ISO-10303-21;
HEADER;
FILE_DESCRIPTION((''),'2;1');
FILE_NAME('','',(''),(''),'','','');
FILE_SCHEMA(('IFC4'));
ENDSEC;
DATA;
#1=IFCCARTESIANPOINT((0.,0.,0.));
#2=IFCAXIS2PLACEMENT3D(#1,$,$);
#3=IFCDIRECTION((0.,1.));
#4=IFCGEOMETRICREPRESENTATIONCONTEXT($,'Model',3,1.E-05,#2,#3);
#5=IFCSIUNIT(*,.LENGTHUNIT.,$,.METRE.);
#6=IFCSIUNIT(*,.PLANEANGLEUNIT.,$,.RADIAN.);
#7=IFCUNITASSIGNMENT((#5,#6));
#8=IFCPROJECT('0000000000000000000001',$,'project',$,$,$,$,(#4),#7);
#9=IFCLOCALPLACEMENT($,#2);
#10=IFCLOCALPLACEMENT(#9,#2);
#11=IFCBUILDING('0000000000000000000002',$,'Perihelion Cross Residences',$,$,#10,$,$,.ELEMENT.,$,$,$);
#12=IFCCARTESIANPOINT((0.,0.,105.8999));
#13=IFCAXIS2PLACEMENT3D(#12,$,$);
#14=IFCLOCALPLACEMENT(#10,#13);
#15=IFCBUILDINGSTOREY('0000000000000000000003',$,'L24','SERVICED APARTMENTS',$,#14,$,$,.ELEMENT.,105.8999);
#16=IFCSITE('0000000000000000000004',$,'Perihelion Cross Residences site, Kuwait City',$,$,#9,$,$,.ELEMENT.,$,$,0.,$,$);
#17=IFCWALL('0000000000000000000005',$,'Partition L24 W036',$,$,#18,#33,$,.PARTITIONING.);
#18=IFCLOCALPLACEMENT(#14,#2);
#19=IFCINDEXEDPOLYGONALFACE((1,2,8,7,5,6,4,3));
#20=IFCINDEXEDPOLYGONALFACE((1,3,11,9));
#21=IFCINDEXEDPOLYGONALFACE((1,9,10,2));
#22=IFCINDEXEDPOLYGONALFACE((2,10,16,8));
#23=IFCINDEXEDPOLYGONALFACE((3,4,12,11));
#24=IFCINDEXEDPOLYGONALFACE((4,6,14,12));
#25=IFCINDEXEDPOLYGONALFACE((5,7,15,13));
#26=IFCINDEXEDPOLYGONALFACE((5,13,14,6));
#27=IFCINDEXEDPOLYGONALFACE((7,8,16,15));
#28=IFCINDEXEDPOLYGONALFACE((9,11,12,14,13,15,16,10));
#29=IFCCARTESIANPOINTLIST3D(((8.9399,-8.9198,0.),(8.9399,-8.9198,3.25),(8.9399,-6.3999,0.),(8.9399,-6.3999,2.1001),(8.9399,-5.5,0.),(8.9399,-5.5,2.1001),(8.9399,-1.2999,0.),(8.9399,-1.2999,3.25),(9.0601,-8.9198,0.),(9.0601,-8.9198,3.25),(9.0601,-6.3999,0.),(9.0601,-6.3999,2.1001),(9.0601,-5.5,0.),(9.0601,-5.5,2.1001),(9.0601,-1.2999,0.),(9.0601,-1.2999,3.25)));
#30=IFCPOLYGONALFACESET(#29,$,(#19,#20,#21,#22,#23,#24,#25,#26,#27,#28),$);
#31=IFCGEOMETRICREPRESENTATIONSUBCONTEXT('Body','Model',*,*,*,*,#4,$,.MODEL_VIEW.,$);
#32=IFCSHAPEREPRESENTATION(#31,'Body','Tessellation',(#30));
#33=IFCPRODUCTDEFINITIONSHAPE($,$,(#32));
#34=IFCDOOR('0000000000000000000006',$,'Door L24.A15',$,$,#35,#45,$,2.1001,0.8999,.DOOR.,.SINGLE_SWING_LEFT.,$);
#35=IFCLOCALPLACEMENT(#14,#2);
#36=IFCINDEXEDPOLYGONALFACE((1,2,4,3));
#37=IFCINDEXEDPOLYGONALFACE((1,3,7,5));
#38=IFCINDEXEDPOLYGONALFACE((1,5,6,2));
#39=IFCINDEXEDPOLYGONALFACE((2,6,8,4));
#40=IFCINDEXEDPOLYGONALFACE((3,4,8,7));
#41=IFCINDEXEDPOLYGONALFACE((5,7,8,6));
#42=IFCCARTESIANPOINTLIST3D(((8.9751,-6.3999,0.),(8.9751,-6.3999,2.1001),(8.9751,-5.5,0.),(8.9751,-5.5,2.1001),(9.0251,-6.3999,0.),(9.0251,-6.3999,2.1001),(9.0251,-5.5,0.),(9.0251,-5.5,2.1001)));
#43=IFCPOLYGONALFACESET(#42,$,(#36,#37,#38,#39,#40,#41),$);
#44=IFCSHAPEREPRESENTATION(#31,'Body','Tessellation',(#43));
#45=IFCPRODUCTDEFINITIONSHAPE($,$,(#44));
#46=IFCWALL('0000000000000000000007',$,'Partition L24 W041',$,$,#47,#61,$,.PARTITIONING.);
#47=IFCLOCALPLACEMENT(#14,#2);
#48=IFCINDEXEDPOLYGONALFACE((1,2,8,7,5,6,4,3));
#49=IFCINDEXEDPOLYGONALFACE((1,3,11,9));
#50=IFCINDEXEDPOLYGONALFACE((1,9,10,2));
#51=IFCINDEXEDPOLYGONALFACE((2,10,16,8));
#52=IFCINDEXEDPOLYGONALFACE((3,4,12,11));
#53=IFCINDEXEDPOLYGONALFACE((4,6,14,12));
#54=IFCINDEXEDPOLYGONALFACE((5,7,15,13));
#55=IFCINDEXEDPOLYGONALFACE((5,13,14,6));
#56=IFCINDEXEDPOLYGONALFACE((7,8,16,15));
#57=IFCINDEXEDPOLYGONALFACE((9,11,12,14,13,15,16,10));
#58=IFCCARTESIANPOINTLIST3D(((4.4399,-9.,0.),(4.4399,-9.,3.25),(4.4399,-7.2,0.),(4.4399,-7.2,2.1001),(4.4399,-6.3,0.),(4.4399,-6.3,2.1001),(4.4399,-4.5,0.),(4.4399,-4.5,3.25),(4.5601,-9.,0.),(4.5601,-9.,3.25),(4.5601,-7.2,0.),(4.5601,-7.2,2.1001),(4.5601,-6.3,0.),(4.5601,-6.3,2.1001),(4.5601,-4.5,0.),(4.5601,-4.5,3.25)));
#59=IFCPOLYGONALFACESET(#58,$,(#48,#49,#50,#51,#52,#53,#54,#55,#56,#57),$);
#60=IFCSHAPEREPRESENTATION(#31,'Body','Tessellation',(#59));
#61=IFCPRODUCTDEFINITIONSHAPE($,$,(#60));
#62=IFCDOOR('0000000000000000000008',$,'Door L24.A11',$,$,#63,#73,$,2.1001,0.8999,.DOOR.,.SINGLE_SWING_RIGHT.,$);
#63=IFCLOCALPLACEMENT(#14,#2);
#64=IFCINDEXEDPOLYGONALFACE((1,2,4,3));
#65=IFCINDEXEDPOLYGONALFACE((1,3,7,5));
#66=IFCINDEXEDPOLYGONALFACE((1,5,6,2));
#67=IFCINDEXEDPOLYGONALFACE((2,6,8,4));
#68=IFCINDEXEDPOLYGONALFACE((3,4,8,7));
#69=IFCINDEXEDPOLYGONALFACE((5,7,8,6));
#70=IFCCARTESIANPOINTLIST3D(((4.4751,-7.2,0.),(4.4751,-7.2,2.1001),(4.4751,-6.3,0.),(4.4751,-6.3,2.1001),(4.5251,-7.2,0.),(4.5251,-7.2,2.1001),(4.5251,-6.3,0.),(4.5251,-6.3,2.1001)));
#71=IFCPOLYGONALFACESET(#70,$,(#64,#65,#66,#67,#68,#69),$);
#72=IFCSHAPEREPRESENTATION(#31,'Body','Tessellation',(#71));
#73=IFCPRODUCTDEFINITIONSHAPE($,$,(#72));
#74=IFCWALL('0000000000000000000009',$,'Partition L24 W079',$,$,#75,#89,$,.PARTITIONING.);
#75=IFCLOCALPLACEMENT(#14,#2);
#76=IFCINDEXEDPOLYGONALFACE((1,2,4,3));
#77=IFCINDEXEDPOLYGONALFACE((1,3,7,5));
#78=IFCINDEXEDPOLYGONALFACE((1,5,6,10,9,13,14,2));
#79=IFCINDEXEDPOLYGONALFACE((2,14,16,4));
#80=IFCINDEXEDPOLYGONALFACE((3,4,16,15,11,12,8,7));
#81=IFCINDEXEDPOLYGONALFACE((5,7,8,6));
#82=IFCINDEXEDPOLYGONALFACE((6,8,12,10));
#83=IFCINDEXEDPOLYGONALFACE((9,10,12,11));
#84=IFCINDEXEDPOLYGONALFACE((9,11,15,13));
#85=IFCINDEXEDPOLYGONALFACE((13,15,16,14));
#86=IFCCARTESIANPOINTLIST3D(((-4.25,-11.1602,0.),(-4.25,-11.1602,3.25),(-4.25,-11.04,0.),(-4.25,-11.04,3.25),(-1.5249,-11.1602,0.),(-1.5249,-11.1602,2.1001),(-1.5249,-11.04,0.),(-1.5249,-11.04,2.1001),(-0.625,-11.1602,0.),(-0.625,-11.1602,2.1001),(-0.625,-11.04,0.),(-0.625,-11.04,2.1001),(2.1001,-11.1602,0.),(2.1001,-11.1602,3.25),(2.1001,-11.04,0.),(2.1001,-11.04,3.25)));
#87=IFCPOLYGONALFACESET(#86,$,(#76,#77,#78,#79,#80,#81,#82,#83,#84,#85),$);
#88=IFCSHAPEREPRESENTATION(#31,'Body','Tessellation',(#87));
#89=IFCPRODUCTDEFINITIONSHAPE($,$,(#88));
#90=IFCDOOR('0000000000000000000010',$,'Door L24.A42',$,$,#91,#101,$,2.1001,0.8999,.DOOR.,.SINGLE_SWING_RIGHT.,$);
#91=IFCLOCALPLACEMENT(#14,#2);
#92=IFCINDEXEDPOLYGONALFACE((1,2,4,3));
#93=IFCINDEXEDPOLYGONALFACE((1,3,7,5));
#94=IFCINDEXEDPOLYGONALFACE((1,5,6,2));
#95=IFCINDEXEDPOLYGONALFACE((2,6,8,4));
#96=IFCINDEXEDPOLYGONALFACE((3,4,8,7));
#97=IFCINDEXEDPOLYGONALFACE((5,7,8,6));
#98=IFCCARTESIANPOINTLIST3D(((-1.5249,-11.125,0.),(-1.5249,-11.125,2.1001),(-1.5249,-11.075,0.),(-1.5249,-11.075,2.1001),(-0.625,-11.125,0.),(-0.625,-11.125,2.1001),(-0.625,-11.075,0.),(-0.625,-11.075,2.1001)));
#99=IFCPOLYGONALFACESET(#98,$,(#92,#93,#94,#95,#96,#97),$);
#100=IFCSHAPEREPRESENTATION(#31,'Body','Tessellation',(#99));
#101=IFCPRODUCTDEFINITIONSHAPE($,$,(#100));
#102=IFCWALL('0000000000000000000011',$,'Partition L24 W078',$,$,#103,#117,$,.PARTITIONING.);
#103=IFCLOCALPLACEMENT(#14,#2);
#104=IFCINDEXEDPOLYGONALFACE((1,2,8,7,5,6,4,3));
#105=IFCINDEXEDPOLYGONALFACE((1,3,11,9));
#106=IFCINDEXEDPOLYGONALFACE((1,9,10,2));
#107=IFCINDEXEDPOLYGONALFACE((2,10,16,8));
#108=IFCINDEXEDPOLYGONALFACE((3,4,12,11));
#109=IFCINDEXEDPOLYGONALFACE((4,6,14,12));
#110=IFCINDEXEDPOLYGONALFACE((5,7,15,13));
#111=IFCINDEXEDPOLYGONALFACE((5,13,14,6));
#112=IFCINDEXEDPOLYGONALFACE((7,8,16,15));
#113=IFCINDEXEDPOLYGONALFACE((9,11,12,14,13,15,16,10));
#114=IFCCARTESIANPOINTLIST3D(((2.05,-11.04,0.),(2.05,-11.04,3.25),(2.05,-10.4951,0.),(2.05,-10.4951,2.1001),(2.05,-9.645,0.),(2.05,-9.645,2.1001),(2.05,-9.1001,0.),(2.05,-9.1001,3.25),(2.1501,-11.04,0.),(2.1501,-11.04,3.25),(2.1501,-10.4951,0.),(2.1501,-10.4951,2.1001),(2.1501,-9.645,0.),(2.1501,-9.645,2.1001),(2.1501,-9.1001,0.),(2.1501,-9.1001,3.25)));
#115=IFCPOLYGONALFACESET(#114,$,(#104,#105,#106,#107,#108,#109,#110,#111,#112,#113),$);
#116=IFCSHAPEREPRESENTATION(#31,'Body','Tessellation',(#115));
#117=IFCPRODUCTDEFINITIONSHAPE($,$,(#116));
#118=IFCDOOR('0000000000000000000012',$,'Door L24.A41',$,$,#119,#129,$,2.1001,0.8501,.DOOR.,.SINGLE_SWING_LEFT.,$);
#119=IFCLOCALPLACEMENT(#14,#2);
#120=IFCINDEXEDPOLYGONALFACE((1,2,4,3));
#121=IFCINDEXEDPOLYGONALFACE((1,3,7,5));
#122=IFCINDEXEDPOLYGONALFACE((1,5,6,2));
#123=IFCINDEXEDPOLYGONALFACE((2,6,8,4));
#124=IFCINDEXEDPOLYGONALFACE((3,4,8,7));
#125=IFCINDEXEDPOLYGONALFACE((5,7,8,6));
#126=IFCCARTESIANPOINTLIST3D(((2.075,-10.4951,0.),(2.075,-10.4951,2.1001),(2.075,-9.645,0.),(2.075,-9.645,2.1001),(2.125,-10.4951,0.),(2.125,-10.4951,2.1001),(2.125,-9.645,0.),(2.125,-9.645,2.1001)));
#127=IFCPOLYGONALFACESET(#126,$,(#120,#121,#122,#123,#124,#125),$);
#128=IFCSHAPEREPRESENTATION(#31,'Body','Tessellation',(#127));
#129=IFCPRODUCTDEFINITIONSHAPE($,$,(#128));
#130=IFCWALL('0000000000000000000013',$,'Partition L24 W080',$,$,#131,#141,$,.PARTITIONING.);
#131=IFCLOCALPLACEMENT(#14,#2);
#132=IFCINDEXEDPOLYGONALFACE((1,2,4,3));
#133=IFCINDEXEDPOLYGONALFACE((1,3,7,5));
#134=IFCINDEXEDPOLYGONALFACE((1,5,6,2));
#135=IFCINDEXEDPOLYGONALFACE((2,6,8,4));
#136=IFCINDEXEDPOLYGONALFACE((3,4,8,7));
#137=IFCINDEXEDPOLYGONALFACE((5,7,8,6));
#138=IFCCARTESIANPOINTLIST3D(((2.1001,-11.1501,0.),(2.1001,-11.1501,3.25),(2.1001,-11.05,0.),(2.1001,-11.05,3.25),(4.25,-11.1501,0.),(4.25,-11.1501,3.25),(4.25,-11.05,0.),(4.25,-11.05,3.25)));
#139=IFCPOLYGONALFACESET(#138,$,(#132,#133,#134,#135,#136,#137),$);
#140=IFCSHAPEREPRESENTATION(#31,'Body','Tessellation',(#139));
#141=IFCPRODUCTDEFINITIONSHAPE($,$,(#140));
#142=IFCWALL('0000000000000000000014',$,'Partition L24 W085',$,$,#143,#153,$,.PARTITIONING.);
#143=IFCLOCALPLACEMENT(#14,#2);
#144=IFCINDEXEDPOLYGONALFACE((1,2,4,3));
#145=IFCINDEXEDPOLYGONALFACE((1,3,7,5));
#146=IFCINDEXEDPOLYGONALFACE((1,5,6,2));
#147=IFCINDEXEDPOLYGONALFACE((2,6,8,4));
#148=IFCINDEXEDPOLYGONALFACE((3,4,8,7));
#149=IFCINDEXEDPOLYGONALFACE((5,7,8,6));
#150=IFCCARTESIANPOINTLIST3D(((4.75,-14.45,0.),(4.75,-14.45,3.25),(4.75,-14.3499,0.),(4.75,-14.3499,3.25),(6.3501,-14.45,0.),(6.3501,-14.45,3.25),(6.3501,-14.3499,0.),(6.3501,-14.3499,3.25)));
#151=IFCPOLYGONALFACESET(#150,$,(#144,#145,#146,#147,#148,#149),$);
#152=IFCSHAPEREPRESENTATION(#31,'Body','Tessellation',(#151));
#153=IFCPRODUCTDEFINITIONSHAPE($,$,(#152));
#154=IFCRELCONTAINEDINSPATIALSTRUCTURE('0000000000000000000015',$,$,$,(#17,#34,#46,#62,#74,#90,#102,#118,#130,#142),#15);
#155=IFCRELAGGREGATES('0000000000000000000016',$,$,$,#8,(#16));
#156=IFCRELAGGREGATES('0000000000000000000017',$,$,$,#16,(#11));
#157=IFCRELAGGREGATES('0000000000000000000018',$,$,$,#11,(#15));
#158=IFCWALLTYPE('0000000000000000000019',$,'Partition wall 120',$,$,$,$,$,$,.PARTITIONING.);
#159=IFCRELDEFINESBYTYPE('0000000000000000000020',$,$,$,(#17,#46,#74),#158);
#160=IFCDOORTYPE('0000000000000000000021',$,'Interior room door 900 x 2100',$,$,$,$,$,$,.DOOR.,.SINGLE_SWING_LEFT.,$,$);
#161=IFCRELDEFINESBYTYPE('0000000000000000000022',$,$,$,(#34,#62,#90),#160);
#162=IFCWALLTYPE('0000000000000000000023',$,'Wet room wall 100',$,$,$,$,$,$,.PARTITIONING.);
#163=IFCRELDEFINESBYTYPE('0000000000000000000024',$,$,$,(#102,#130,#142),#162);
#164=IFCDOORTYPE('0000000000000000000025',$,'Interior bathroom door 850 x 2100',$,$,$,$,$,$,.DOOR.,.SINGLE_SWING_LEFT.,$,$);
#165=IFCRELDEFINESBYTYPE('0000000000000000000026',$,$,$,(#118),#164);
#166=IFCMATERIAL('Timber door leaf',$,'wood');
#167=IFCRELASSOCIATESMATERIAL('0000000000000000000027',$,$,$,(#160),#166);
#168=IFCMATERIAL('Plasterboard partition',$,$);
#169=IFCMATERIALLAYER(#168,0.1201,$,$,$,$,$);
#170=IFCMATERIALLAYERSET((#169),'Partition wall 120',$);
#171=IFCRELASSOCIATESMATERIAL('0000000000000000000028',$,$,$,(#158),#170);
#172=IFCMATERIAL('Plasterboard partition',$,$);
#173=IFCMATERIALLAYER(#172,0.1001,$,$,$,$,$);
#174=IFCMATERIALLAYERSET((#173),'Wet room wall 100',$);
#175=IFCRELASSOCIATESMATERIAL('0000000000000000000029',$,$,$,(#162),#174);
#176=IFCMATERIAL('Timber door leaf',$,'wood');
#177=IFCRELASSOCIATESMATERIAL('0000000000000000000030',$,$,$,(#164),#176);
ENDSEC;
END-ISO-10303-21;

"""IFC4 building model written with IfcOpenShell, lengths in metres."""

from ifc_helpers import new_model, si_unit, direction, frame, frame_2d, origin, place, context, subcontext, project, spatial, rectangle, extrude, material, layer, layer_set, type_object, element, fill, save


model = new_model("IFC4")

# Units and contexts
model_context = context("Model", 3, precision=1e-05, world=origin(), true_north=direction((0.0, 1.0)))
body_context = subcontext(model_context, "Body", "Model", "MODEL_VIEW")
ifc_project = project(units=[si_unit("LENGTHUNIT", "METRE"), si_unit("PLANEANGLEUNIT", "RADIAN")], contexts=[model_context])

# Site, building, storey
site_placement = place(None, origin())
site = spatial("IfcSite", under=ifc_project, at=site_placement, Name="Perihelion Cross Residences site, Kuwait City", CompositionType="ELEMENT", RefElevation=0.0)
building_placement = place(site_placement, origin())
building = spatial("IfcBuilding", under=site, at=building_placement, Name="Perihelion Cross Residences", CompositionType="ELEMENT")
storey_placement = place(building_placement, frame((0.0, 0.0, 105.8999)))
storey = spatial("IfcBuildingStorey", under=building, at=storey_placement, Name="L24", Description="SERVICED APARTMENTS", CompositionType="ELEMENT", Elevation=105.8999)

# Shared definitions
ifc_material_1 = material(Name="Timber door leaf", Category="wood")
door_type_1 = type_object("IfcDoorType", Name="Interior room door 900 x 2100", OperationType="SINGLE_SWING_LEFT", PredefinedType="DOOR", material=ifc_material_1)

# Shared definitions
ifc_material_2 = material(Name="Plasterboard partition")
ifc_layer_1 = layer(ifc_material_2, 0.1201)
ifc_layer_set_1 = layer_set([ifc_layer_1], Name="Partition wall 120")
wall_type_1 = type_object("IfcWallType", Name="Partition wall 120", PredefinedType="PARTITIONING", material=ifc_layer_set_1)

# Walls, openings, doors
wall_1_placement = place(storey_placement, frame((9.0, -8.9199, 0.0), z_axis=(0.0, 0.0, 1.0), x_axis=(0.0, 1.0, 0.0)))
wall_1 = element("IfcWall", 1, at=wall_1_placement, inside=storey, type_object=wall_type_1, Name="Partition L24 W036", PredefinedType="PARTITIONING", context=body_context, shape_type="SweptSolid", body=[
    extrude(rectangle(XDim=7.6199, YDim=0.1201, at=frame_2d((3.8101, 0.0))), origin(), (0.0, 0.0, 1.0), 3.25),
])
opening_1_placement = place(wall_1_placement, frame((2.52, 0.0, 0.0)))
opening_1 = element("IfcOpeningElement", 2, at=opening_1_placement, cuts=wall_1, PredefinedType="OPENING", context=body_context, shape_type="SweptSolid", body=[
    extrude(rectangle(XDim=0.8999, YDim=2.1001, at=frame_2d((0.45, 1.05))), frame((0.0, 0.0701, 0.0), z_axis=(0.0, -1.0, 0.0), x_axis=(1.0, 0.0, 0.0)), (0.0, 0.0, 1.0), 0.1401),
])
door_1_placement = place(opening_1_placement, origin())
door_1 = element("IfcDoor", 3, at=door_1_placement, inside=storey, type_object=door_type_1, Name="Door L24.A15", OperationType="SINGLE_SWING_LEFT", OverallHeight=2.1001, OverallWidth=0.8999, PredefinedType="DOOR", context=body_context, shape_type="SweptSolid", body=[
    extrude(rectangle(XDim=0.8999, YDim=2.1001, at=frame_2d((0.45, 1.05))), frame((0.0, 0.0249, 0.0), z_axis=(0.0, -1.0, 0.0), x_axis=(1.0, 0.0, 0.0)), (0.0, 0.0, 1.0), 0.05),
])
fill(opening_1, door_1)
wall_2_placement = place(storey_placement, frame((4.5, -9.0, 0.0), z_axis=(0.0, 0.0, 1.0), x_axis=(0.0, 1.0, 0.0)))
wall_2 = element("IfcWall", 4, at=wall_2_placement, inside=storey, type_object=wall_type_1, Name="Partition L24 W041", PredefinedType="PARTITIONING", context=body_context, shape_type="SweptSolid", body=[
    extrude(rectangle(XDim=4.5, YDim=0.1201, at=frame_2d((2.25, 0.0))), origin(), (0.0, 0.0, 1.0), 3.25),
])
opening_2_placement = place(wall_2_placement, frame((1.8, 0.0, 0.0)))
opening_2 = element("IfcOpeningElement", 5, at=opening_2_placement, cuts=wall_2, PredefinedType="OPENING", context=body_context, shape_type="SweptSolid", body=[
    extrude(rectangle(XDim=0.8999, YDim=2.1001, at=frame_2d((0.45, 1.05))), frame((0.0, 0.0701, 0.0), z_axis=(0.0, -1.0, 0.0), x_axis=(1.0, 0.0, 0.0)), (0.0, 0.0, 1.0), 0.1401),
])
door_2_placement = place(opening_2_placement, origin())
door_2 = element("IfcDoor", 6, at=door_2_placement, inside=storey, type_object=door_type_1, Name="Door L24.A11", OperationType="SINGLE_SWING_RIGHT", OverallHeight=2.1001, OverallWidth=0.8999, PredefinedType="DOOR", context=body_context, shape_type="SweptSolid", body=[
    extrude(rectangle(XDim=0.8999, YDim=2.1001, at=frame_2d((0.45, 1.05))), frame((0.0, 0.0249, 0.0), z_axis=(0.0, -1.0, 0.0), x_axis=(1.0, 0.0, 0.0)), (0.0, 0.0, 1.0), 0.05),
])
fill(opening_2, door_2)
wall_3_placement = place(storey_placement, frame((2.1001, -11.1001, 0.0), z_axis=(0.0, 0.0, 1.0), x_axis=(-1.0, 0.0, 0.0)))
wall_3 = element("IfcWall", 7, at=wall_3_placement, inside=storey, type_object=wall_type_1, Name="Partition L24 W079", PredefinedType="PARTITIONING", context=body_context, shape_type="SweptSolid", body=[
    extrude(rectangle(XDim=6.3501, YDim=0.1201, at=frame_2d((3.175, 0.0))), origin(), (0.0, 0.0, 1.0), 3.25),
])
opening_3_placement = place(wall_3_placement, frame((2.7251, 0.0, 0.0)))
opening_3 = element("IfcOpeningElement", 8, at=opening_3_placement, cuts=wall_3, PredefinedType="OPENING", context=body_context, shape_type="SweptSolid", body=[
    extrude(rectangle(XDim=0.8999, YDim=2.1001, at=frame_2d((0.45, 1.05))), frame((0.0, 0.0701, 0.0), z_axis=(0.0, -1.0, 0.0), x_axis=(1.0, 0.0, 0.0)), (0.0, 0.0, 1.0), 0.1401),
])
door_3_placement = place(opening_3_placement, origin())
door_3 = element("IfcDoor", 9, at=door_3_placement, inside=storey, type_object=door_type_1, Name="Door L24.A42", OperationType="SINGLE_SWING_RIGHT", OverallHeight=2.1001, OverallWidth=0.8999, PredefinedType="DOOR", context=body_context, shape_type="SweptSolid", body=[
    extrude(rectangle(XDim=0.8999, YDim=2.1001, at=frame_2d((0.45, 1.05))), frame((0.0, 0.0249, 0.0), z_axis=(0.0, -1.0, 0.0), x_axis=(1.0, 0.0, 0.0)), (0.0, 0.0, 1.0), 0.05),
])
fill(opening_3, door_3)
ifc_material_3 = material(Name="Plasterboard partition")
ifc_layer_2 = layer(ifc_material_3, 0.1001)
ifc_layer_set_2 = layer_set([ifc_layer_2], Name="Wet room wall 100")
wall_type_2 = type_object("IfcWallType", Name="Wet room wall 100", PredefinedType="PARTITIONING", material=ifc_layer_set_2)
wall_4_placement = place(storey_placement, frame((2.1001, -9.1001, 0.0), z_axis=(0.0, 0.0, 1.0), x_axis=(0.0, -1.0, 0.0)))
wall_4 = element("IfcWall", 10, at=wall_4_placement, inside=storey, type_object=wall_type_2, Name="Partition L24 W078", PredefinedType="PARTITIONING", context=body_context, shape_type="SweptSolid", body=[
    extrude(rectangle(XDim=1.9399, YDim=0.1001, at=frame_2d((0.97, 0.0))), origin(), (0.0, 0.0, 1.0), 3.25),
])
opening_4_placement = place(wall_4_placement, frame((0.5449, 0.0, 0.0)))
opening_4 = element("IfcOpeningElement", 11, at=opening_4_placement, cuts=wall_4, PredefinedType="OPENING", context=body_context, shape_type="SweptSolid", body=[
    extrude(rectangle(XDim=0.8501, YDim=2.1001, at=frame_2d((0.425, 1.05))), frame((0.0, 0.0601, 0.0), z_axis=(0.0, -1.0, 0.0), x_axis=(1.0, 0.0, 0.0)), (0.0, 0.0, 1.0), 0.1201),
])
ifc_material_4 = material(Name="Timber door leaf", Category="wood")
door_type_2 = type_object("IfcDoorType", Name="Interior bathroom door 850 x 2100", OperationType="SINGLE_SWING_LEFT", PredefinedType="DOOR", material=ifc_material_4)
door_4_placement = place(opening_4_placement, origin())
door_4 = element("IfcDoor", 12, at=door_4_placement, inside=storey, type_object=door_type_2, Name="Door L24.A41", OperationType="SINGLE_SWING_LEFT", OverallHeight=2.1001, OverallWidth=0.8501, PredefinedType="DOOR", context=body_context, shape_type="SweptSolid", body=[
    extrude(rectangle(XDim=0.8501, YDim=2.1001, at=frame_2d((0.425, 1.05))), frame((0.0, 0.0249, 0.0), z_axis=(0.0, -1.0, 0.0), x_axis=(1.0, 0.0, 0.0)), (0.0, 0.0, 1.0), 0.05),
])
fill(opening_4, door_4)

# Walls
wall_5_placement = place(storey_placement, frame((4.25, -11.1001, 0.0), z_axis=(0.0, 0.0, 1.0), x_axis=(-1.0, 0.0, 0.0)))
element("IfcWall", 13, at=wall_5_placement, inside=storey, type_object=wall_type_2, Name="Partition L24 W080", PredefinedType="PARTITIONING", context=body_context, shape_type="SweptSolid", body=[
    extrude(rectangle(XDim=2.1499, YDim=0.1001, at=frame_2d((1.075, 0.0))), origin(), (0.0, 0.0, 1.0), 3.25),
])
wall_6_placement = place(storey_placement, frame((6.3501, -14.3999, 0.0), z_axis=(0.0, 0.0, 1.0), x_axis=(-1.0, 0.0, 0.0)))
element("IfcWall", 14, at=wall_6_placement, inside=storey, type_object=wall_type_2, Name="Partition L24 W085", PredefinedType="PARTITIONING", context=body_context, shape_type="SweptSolid", body=[
    extrude(rectangle(XDim=1.6001, YDim=0.1001, at=frame_2d((0.8, 0.0))), origin(), (0.0, 0.0, 1.0), 3.25),
])

save(model, "model.ifc")
